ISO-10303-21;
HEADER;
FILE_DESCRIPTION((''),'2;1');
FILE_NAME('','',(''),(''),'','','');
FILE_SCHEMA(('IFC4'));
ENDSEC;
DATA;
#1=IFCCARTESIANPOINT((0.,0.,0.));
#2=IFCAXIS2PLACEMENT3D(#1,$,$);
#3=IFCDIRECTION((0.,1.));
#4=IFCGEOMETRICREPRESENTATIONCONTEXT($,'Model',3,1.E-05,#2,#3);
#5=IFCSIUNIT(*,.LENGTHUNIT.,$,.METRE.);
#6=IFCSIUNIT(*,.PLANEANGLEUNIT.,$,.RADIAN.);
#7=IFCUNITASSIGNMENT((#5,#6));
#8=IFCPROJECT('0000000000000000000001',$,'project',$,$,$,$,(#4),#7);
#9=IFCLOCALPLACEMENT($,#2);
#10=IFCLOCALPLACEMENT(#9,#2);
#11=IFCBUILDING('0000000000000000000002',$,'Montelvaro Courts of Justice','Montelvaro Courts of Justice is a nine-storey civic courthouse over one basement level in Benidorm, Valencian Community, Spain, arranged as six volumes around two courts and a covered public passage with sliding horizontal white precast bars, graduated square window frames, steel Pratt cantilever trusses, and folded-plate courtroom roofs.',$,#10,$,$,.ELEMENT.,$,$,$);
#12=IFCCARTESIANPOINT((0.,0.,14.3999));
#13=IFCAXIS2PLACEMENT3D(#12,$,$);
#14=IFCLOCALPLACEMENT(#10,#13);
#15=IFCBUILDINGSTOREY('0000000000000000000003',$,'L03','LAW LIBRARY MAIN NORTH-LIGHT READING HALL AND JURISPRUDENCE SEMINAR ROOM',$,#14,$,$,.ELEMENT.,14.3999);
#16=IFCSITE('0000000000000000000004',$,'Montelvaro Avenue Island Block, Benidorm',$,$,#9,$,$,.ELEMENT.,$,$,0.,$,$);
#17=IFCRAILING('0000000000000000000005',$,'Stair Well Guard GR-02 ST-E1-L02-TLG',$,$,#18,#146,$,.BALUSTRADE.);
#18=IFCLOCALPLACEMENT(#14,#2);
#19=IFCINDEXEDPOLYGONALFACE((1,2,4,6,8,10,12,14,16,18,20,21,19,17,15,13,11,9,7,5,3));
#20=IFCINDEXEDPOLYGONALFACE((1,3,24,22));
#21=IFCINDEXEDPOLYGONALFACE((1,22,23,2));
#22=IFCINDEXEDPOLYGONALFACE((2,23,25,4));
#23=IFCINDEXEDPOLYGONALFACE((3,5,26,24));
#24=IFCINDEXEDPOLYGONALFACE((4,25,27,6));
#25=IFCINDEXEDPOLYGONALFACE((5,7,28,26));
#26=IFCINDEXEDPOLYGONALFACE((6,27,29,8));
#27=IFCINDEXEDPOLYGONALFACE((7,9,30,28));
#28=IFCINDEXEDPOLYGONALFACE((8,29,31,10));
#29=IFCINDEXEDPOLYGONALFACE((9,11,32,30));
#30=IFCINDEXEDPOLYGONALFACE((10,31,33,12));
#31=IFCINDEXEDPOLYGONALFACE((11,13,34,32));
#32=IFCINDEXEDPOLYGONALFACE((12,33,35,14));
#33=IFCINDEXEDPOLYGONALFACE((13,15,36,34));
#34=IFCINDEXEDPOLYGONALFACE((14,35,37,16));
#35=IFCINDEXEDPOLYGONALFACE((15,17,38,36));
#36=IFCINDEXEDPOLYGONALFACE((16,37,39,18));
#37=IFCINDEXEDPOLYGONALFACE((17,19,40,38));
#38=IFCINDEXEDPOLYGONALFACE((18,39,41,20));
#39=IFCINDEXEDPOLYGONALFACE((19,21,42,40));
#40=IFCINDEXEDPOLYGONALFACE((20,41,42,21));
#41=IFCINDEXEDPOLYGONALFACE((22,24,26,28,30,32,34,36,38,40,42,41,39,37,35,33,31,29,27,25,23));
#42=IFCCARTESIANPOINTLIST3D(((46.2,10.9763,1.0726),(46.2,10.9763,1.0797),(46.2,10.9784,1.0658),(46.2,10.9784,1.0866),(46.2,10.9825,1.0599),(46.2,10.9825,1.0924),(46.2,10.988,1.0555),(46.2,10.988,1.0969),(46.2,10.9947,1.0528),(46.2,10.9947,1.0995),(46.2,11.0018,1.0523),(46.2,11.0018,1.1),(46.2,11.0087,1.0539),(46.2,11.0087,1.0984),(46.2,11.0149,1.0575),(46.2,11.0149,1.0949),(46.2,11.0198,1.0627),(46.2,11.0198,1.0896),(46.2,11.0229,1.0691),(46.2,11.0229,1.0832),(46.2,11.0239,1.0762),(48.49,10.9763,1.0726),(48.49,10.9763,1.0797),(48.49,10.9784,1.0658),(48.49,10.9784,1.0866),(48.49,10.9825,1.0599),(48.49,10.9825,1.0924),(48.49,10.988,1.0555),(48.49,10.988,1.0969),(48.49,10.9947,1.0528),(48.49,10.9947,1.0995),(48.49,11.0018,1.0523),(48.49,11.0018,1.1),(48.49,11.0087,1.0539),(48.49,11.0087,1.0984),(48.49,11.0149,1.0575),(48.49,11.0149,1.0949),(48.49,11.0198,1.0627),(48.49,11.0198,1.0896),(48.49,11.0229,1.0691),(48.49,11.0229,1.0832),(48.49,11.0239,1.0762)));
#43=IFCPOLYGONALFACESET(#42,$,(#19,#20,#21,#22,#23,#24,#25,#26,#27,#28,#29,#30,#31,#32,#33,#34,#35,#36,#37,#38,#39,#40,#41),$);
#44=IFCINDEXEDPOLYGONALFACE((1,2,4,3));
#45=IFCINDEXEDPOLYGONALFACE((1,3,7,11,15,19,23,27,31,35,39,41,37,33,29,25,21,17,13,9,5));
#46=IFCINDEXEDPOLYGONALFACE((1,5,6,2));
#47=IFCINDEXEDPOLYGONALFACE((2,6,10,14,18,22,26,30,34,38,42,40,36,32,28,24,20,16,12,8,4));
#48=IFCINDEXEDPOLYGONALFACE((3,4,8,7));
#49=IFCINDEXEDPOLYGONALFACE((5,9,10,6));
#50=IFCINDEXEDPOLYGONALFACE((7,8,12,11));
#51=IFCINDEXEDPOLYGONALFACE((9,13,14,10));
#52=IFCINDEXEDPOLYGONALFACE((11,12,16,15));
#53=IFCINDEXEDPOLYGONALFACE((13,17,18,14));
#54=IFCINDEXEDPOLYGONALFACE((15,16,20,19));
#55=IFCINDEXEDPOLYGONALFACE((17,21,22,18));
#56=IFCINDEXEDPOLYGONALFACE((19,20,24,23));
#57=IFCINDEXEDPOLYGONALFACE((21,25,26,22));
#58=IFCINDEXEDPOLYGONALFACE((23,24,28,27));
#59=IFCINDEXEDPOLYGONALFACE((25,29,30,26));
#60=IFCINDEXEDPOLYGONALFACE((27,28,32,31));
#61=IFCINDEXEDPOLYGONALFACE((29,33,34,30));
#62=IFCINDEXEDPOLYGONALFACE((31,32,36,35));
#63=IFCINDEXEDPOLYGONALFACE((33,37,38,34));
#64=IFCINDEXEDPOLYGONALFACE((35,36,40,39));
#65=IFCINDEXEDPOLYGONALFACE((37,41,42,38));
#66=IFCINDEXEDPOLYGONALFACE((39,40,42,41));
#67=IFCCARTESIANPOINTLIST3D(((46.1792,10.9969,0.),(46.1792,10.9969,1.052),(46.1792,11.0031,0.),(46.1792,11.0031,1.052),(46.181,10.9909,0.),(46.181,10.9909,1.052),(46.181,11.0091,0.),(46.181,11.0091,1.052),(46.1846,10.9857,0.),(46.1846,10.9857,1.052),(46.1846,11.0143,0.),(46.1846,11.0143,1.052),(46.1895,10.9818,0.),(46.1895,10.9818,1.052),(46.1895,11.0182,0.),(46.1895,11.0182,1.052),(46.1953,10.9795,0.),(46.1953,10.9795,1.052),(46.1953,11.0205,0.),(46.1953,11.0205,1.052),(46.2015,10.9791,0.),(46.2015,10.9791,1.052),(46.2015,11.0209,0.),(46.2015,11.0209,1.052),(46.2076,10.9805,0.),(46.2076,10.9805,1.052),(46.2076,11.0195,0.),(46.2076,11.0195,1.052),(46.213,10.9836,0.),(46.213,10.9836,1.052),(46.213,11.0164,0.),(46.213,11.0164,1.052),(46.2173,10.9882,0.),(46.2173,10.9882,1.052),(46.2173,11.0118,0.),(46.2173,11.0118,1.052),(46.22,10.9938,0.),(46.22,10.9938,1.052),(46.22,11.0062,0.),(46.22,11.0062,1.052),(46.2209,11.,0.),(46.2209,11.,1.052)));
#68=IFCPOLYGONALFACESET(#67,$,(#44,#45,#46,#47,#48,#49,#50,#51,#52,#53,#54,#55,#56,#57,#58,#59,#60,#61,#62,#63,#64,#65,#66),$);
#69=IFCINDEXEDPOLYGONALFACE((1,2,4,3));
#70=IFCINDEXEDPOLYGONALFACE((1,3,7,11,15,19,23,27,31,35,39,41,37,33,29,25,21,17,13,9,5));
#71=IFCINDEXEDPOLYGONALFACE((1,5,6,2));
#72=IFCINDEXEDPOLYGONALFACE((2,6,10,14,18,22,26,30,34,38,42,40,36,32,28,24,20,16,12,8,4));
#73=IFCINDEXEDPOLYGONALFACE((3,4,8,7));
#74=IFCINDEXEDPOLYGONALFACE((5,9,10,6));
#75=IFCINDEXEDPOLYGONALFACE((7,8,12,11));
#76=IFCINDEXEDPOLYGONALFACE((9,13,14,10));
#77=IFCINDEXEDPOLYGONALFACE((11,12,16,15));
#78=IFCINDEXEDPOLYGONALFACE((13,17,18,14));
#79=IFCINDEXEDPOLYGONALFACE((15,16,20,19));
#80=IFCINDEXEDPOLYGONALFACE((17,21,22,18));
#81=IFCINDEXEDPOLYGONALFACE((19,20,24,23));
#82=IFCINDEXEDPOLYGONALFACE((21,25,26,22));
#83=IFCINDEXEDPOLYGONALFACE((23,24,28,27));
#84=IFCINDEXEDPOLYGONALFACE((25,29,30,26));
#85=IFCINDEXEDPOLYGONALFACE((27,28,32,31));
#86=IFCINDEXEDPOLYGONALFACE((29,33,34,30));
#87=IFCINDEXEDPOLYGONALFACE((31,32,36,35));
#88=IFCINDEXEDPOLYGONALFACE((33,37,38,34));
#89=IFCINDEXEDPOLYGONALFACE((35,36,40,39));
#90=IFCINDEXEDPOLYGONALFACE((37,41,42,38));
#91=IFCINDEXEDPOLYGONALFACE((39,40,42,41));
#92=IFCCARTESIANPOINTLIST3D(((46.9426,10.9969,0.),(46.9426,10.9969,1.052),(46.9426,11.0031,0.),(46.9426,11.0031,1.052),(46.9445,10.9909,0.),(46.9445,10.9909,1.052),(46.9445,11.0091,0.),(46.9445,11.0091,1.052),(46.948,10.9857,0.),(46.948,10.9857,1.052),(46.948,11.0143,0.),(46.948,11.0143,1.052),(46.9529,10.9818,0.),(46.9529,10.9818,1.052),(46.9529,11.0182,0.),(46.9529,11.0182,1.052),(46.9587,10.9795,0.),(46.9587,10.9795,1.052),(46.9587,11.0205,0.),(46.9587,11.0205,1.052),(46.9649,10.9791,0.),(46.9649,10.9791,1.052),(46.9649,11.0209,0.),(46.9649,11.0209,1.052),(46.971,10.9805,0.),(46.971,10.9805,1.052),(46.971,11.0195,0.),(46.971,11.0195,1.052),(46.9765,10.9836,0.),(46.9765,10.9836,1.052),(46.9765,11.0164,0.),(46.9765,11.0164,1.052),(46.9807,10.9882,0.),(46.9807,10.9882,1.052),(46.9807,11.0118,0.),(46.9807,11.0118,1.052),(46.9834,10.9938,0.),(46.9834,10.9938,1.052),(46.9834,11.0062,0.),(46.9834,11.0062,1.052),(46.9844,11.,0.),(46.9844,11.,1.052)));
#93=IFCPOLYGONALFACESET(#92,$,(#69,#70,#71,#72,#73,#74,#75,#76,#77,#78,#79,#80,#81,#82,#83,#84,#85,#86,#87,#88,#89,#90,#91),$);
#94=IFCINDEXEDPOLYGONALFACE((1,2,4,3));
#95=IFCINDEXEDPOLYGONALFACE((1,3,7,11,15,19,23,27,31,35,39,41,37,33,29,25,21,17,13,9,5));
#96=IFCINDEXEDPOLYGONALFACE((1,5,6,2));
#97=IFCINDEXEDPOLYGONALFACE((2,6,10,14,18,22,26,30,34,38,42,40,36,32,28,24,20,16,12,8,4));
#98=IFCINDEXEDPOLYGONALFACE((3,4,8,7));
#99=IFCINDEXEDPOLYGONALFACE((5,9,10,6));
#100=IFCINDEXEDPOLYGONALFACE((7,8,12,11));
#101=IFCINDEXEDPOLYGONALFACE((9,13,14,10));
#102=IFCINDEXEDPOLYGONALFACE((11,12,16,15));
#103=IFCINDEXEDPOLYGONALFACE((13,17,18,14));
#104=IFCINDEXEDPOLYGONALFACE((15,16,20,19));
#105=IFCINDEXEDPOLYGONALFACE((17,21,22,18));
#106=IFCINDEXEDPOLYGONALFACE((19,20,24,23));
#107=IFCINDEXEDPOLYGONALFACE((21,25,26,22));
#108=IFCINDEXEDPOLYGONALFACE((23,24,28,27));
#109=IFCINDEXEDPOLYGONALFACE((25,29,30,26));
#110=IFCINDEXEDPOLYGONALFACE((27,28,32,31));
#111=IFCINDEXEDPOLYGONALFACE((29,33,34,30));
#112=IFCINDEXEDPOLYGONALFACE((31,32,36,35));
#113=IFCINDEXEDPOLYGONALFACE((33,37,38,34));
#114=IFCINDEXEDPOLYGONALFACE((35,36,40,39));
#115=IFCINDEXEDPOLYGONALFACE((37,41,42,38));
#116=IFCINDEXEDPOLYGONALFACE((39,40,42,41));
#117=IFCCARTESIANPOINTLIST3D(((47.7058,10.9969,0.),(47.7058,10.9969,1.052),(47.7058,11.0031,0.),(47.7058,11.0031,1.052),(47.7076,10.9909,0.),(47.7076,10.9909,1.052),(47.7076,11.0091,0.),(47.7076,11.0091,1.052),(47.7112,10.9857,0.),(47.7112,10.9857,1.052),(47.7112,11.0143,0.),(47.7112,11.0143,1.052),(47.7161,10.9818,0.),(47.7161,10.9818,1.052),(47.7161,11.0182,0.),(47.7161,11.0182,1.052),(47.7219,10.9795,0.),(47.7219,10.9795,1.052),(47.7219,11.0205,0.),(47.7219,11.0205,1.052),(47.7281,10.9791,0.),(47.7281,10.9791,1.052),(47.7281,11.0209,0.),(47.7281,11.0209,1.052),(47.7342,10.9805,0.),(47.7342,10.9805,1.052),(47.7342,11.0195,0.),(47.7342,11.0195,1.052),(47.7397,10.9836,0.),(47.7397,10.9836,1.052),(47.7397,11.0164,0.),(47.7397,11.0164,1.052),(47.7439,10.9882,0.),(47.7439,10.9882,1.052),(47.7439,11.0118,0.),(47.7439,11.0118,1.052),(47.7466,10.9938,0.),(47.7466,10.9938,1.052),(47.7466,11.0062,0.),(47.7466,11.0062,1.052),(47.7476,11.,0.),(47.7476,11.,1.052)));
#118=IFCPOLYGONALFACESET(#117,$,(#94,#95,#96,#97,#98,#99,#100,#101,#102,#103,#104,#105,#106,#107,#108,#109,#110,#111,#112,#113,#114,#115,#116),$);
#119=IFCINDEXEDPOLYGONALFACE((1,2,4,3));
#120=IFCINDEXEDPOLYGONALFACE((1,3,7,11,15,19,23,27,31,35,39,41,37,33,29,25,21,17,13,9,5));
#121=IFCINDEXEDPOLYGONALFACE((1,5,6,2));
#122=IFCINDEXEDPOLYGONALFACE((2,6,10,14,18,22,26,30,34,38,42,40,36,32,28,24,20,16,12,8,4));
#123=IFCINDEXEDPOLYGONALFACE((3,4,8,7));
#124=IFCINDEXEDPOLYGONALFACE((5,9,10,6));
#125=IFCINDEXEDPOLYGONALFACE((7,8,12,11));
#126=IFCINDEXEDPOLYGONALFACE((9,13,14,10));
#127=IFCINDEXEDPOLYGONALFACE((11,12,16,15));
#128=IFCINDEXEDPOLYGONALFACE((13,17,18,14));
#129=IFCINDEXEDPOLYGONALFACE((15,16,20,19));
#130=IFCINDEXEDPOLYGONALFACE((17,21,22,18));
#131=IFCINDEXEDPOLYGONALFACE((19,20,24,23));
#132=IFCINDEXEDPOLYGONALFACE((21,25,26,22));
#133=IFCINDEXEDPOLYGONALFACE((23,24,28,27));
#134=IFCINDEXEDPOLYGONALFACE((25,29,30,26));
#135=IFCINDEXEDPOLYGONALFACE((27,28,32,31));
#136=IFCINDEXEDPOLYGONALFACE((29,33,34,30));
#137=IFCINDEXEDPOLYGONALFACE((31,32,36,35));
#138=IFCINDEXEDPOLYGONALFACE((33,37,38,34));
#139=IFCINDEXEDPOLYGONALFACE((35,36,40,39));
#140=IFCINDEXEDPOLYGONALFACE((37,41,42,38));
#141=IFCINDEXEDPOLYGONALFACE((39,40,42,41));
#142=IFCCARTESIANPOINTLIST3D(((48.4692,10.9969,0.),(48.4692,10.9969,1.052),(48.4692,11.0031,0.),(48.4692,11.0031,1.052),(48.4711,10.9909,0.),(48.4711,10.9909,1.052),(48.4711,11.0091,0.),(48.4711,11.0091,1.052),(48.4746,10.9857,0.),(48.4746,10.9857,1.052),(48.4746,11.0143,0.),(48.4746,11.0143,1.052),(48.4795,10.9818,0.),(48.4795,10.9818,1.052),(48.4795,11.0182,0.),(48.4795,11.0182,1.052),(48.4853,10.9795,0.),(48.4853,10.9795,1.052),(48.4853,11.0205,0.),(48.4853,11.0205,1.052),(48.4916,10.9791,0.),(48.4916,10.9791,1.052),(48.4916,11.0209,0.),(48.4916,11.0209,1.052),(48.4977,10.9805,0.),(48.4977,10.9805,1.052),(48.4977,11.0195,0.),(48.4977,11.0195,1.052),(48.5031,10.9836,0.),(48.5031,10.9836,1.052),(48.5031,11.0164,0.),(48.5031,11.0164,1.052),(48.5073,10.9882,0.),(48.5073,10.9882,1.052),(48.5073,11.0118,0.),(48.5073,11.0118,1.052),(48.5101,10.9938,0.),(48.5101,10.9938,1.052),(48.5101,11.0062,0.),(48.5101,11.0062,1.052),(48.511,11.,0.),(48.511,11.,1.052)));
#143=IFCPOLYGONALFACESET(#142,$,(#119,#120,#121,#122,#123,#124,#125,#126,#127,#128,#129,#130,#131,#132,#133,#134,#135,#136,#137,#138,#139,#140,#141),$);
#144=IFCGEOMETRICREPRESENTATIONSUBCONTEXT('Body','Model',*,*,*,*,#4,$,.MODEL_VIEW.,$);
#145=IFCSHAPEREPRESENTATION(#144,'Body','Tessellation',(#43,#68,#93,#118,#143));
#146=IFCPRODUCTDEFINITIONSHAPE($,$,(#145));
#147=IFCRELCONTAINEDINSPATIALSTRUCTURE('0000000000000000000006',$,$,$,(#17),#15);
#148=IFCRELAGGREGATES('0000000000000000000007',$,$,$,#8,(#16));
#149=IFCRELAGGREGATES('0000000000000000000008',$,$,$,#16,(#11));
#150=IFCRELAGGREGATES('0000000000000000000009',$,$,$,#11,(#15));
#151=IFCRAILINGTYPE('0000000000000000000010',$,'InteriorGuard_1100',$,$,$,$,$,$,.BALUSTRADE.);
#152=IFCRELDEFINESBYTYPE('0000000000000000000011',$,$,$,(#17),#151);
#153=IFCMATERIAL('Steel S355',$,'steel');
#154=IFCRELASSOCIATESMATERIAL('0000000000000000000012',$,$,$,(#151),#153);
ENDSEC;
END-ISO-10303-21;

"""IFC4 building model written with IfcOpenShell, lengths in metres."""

from ifc_helpers import new_model, si_unit, direction, frame, origin, origin_2d, place, context, subcontext, project, spatial, circle, extrude, material, type_object, element, save


model = new_model("IFC4")

# Units and contexts
model_context = context("Model", 3, precision=1e-05, world=origin(), true_north=direction((0.0, 1.0)))
body_context = subcontext(model_context, "Body", "Model", "MODEL_VIEW")
ifc_project = project(units=[si_unit("LENGTHUNIT", "METRE"), si_unit("PLANEANGLEUNIT", "RADIAN")], contexts=[model_context])

# Site, building, storey
site_placement = place(None, origin())
site = spatial("IfcSite", under=ifc_project, at=site_placement, Name="Montelvaro Avenue Island Block, Benidorm", CompositionType="ELEMENT", RefElevation=0.0)
building_placement = place(site_placement, origin())
building = spatial("IfcBuilding", under=site, at=building_placement, Name="Montelvaro Courts of Justice", Description="Montelvaro Courts of Justice is a nine-storey civic courthouse over one basement level in Benidorm, Valencian Community, Spain, arranged as six volumes around two courts and a covered public passage with sliding horizontal white precast bars, graduated square window frames, steel Pratt cantilever trusses, and folded-plate courtroom roofs.", CompositionType="ELEMENT")
storey_placement = place(building_placement, frame((0.0, 0.0, 14.3999)))
storey = spatial("IfcBuildingStorey", under=building, at=storey_placement, Name="L03", Description="LAW LIBRARY MAIN NORTH-LIGHT READING HALL AND JURISPRUDENCE SEMINAR ROOM", CompositionType="ELEMENT", Elevation=14.3999)

# Shared definitions
ifc_material_1 = material(Name="Steel S355", Category="steel")

# Railing
railing_type_1 = type_object("IfcRailingType", Name="InteriorGuard_1100", PredefinedType="BALUSTRADE", material=ifc_material_1)
railing_1_placement = place(storey_placement, frame((46.2, 11.0, 0.0)))
element("IfcRailing", 1, at=railing_1_placement, inside=storey, type_object=railing_type_1, Name="Stair Well Guard GR-02 ST-E1-L02-TLG", PredefinedType="BALUSTRADE", context=body_context, shape_type="SweptSolid", body=[
    extrude(circle(Radius=0.0239, at=origin_2d()), frame((0.0, 0.0, 1.0762), z_axis=(1.0, 0.0, 0.0), x_axis=(0.0, 1.0, 0.0)), (0.0, 0.0, 1.0), 2.29),
    extrude(circle(Radius=0.021, at=origin_2d()), origin(), (0.0, 0.0, 1.0), 1.052),
    extrude(circle(Radius=0.021, at=origin_2d()), frame((0.7634, 0.0, 0.0)), (0.0, 0.0, 1.0), 1.052),
    extrude(circle(Radius=0.021, at=origin_2d()), frame((1.5266, 0.0, 0.0)), (0.0, 0.0, 1.0), 1.052),
    extrude(circle(Radius=0.021, at=origin_2d()), frame((2.29, 0.0, 0.0)), (0.0, 0.0, 1.0), 1.052),
])

save(model, "model.ifc")
